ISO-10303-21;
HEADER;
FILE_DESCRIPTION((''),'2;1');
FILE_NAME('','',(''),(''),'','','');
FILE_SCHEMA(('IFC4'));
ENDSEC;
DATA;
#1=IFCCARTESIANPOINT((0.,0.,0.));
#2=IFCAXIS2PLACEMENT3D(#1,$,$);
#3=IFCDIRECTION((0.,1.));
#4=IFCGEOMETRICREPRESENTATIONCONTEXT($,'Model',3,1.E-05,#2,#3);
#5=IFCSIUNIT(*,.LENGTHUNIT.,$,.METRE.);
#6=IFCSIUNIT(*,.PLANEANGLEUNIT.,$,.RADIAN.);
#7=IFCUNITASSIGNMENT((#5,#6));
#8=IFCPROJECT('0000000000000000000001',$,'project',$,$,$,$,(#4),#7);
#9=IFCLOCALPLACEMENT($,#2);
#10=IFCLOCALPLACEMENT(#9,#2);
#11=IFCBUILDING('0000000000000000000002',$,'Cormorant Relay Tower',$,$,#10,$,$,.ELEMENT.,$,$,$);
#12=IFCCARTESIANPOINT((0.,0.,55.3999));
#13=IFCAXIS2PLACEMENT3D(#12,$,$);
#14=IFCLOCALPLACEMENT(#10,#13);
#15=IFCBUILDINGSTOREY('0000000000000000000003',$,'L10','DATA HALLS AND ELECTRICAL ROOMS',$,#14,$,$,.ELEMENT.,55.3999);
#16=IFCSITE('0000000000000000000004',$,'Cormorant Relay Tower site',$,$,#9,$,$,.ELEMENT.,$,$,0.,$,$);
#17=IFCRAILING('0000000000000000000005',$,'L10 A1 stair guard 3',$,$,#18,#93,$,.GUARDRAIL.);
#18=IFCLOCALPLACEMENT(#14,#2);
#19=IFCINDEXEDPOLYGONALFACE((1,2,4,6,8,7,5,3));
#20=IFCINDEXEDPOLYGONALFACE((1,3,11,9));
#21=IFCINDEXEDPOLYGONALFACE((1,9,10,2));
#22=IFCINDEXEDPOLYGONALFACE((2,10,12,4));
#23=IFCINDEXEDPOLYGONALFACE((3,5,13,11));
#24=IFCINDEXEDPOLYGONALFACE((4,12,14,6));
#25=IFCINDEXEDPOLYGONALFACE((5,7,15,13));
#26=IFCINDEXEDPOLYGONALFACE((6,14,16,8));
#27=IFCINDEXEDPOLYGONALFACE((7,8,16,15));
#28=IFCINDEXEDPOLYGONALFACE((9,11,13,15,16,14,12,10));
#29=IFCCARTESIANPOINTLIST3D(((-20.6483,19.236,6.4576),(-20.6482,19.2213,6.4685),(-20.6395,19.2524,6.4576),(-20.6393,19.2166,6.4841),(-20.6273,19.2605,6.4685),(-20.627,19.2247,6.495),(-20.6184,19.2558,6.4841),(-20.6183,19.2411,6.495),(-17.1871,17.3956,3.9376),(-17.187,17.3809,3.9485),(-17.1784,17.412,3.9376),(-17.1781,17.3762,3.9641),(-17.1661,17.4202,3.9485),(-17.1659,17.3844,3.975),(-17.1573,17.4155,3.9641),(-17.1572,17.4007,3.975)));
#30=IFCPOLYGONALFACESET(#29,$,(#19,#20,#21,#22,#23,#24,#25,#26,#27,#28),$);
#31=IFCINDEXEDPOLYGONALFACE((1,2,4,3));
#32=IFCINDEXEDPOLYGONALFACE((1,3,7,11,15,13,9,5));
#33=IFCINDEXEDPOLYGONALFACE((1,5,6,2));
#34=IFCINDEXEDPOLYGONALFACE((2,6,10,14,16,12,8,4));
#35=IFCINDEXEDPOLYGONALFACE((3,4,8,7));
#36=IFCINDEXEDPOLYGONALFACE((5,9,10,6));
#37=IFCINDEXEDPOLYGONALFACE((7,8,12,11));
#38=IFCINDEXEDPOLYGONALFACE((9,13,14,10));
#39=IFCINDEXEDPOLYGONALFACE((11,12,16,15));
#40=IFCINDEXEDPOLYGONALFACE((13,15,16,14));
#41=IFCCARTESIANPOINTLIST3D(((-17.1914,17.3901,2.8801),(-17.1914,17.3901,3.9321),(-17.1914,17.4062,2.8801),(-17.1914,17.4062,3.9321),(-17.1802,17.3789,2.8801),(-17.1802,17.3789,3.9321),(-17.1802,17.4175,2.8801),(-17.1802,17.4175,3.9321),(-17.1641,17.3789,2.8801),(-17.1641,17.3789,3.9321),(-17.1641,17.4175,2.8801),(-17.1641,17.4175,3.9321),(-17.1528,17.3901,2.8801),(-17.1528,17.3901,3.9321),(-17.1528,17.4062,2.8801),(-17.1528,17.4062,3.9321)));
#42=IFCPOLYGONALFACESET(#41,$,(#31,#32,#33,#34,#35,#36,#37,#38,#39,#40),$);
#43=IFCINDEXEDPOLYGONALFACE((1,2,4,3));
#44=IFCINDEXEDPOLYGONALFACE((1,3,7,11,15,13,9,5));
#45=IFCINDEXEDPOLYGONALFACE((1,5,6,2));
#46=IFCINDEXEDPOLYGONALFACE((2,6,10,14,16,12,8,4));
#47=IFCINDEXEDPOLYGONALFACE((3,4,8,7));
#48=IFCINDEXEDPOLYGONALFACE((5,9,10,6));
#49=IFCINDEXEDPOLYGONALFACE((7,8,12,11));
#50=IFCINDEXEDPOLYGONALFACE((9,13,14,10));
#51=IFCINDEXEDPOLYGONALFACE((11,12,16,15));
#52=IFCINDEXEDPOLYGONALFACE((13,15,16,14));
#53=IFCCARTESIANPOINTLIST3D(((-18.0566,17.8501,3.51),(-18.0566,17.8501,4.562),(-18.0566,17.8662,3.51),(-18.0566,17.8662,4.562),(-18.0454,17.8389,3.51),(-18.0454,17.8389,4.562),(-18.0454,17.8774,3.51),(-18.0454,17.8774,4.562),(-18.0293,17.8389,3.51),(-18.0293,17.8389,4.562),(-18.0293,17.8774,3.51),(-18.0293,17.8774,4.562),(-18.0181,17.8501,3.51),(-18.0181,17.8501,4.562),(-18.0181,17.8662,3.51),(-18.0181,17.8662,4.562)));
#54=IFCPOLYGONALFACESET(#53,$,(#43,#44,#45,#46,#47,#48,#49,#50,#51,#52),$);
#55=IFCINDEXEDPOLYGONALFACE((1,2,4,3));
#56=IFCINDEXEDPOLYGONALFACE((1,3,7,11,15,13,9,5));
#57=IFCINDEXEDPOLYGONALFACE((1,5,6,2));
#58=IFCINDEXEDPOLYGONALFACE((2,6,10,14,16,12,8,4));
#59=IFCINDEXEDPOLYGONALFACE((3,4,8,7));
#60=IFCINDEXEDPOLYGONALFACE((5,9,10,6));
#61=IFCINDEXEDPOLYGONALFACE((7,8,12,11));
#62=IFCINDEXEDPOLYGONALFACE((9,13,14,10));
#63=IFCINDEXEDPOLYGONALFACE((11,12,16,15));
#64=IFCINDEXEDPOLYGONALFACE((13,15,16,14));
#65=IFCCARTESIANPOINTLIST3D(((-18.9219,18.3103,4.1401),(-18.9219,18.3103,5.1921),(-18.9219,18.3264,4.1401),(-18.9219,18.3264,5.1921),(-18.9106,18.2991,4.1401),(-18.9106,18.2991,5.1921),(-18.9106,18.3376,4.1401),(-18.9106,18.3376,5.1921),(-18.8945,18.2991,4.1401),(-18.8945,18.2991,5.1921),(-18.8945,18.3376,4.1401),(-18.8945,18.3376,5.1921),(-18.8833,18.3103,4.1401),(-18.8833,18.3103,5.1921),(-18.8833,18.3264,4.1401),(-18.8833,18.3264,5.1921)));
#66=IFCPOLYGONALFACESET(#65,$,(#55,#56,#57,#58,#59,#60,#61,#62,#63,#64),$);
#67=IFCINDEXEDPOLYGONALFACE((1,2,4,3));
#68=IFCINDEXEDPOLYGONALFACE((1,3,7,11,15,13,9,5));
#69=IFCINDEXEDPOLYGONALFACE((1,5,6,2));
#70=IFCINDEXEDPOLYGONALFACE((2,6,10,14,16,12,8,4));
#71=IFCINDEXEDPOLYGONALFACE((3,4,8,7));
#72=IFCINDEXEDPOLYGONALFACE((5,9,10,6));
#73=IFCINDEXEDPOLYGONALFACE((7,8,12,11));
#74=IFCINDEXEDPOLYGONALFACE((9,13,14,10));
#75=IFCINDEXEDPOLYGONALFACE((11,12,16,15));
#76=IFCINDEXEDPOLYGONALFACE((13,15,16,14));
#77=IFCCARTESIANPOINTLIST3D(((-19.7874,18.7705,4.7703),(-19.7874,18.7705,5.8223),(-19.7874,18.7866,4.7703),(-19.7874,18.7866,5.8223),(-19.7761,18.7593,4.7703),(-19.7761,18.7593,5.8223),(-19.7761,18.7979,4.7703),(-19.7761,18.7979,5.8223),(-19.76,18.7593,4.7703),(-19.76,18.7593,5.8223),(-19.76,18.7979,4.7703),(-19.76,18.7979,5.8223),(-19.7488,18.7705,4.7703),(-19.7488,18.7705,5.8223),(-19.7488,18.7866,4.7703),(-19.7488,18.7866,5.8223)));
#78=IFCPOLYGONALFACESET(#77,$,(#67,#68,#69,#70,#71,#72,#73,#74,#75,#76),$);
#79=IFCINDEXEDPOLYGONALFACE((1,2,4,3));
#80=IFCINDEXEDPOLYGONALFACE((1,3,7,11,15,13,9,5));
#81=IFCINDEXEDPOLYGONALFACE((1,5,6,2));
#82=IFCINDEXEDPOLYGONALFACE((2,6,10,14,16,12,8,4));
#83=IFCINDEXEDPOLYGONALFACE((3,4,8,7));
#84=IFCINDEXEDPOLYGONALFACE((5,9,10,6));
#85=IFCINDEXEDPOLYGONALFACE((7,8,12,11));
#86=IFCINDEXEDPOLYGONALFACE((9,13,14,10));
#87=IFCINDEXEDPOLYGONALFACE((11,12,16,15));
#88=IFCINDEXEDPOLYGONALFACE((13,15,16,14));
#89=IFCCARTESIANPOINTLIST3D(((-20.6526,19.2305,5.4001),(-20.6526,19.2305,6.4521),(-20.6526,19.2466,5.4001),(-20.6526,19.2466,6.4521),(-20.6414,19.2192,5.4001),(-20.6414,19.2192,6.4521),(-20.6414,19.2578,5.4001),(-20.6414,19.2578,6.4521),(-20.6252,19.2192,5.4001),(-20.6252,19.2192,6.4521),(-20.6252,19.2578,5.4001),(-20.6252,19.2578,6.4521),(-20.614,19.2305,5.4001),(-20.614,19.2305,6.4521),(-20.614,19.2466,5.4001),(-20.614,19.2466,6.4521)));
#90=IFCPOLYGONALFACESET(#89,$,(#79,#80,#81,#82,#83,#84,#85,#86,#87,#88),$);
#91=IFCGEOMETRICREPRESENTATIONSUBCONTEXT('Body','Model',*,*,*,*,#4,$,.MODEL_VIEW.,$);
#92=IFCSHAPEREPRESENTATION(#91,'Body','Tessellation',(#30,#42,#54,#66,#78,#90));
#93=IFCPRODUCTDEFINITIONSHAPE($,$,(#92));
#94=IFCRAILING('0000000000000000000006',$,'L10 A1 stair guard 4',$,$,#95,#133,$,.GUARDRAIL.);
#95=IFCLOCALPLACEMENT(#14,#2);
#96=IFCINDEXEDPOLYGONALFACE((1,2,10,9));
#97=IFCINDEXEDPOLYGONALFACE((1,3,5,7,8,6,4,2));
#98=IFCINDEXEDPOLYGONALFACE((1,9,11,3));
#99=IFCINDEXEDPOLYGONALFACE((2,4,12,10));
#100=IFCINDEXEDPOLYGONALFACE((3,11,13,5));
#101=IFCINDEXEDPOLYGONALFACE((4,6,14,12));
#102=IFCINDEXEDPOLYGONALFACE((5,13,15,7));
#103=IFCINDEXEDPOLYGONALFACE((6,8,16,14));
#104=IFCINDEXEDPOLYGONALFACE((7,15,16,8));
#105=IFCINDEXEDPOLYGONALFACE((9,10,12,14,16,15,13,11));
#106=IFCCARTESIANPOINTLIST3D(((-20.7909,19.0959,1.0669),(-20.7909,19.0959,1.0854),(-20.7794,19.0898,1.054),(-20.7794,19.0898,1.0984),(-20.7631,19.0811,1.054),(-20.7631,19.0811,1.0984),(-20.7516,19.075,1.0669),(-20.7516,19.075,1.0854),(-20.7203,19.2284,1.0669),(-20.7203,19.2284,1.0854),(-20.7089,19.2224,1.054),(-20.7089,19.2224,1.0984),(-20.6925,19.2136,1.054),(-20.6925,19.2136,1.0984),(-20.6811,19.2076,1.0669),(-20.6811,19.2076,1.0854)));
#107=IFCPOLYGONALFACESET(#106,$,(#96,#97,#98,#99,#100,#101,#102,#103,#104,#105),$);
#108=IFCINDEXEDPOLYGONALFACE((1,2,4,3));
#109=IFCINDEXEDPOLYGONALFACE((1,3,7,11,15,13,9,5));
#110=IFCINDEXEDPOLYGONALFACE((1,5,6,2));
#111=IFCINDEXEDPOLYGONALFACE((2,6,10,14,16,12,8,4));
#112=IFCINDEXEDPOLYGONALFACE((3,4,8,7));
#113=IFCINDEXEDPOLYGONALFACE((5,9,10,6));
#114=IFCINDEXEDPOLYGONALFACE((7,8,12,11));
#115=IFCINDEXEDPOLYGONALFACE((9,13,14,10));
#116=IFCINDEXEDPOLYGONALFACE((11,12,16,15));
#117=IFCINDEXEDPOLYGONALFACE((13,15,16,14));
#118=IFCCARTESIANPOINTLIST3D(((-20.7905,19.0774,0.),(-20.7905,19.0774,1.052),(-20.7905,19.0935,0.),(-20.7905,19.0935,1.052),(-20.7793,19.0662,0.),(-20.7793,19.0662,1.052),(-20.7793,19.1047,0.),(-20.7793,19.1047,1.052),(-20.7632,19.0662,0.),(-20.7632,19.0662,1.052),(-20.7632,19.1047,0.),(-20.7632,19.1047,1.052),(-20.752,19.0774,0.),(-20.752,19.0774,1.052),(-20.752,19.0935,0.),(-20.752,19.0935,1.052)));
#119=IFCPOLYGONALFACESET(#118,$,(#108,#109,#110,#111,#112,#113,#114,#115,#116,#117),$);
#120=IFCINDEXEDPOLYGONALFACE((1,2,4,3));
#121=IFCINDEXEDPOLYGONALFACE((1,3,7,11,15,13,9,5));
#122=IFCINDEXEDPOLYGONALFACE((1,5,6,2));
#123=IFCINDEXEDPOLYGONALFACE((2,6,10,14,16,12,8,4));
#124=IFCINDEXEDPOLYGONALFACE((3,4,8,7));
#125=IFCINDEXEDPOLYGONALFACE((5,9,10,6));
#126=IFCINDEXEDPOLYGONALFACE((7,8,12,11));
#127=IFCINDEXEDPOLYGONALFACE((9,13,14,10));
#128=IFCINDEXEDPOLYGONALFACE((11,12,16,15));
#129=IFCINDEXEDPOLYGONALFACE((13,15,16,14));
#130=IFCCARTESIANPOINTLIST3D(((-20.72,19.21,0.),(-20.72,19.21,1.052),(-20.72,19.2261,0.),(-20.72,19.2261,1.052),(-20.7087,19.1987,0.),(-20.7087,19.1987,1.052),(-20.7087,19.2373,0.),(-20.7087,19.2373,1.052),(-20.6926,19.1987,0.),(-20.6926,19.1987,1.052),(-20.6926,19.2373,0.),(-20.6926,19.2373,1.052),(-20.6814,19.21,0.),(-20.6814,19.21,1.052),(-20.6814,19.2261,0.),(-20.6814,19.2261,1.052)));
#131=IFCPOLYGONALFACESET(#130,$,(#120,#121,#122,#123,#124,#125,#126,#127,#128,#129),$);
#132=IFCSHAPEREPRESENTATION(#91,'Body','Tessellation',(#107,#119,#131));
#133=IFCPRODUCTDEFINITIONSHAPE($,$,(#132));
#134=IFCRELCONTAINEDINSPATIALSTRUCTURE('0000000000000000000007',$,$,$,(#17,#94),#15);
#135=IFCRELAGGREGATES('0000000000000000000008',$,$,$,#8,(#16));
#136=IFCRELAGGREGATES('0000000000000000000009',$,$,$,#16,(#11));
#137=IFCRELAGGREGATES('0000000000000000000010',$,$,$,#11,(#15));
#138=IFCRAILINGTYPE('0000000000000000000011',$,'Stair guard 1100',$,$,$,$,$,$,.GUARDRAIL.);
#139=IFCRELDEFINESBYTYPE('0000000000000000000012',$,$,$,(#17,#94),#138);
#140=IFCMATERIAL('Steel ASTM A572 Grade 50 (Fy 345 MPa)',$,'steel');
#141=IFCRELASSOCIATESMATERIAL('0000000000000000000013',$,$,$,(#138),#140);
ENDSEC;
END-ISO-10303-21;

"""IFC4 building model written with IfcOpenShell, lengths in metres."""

from ifc_helpers import new_model, si_unit, direction, frame, origin, place, context, subcontext, project, spatial, polyline, outline, extrude, material, type_object, element, save


model = new_model("IFC4")

# Units and contexts
model_context = context("Model", 3, precision=1e-05, world=origin(), true_north=direction((0.0, 1.0)))
body_context = subcontext(model_context, "Body", "Model", "MODEL_VIEW")
ifc_project = project(units=[si_unit("LENGTHUNIT", "METRE"), si_unit("PLANEANGLEUNIT", "RADIAN")], contexts=[model_context])

# Site, building, storey
site_placement = place(None, origin())
site = spatial("IfcSite", under=ifc_project, at=site_placement, Name="Cormorant Relay Tower site", CompositionType="ELEMENT", RefElevation=0.0)
building_placement = place(site_placement, origin())
building = spatial("IfcBuilding", under=site, at=building_placement, Name="Cormorant Relay Tower", CompositionType="ELEMENT")
storey_placement = place(building_placement, frame((0.0, 0.0, 55.3999)))
storey = spatial("IfcBuildingStorey", under=building, at=storey_placement, Name="L10", Description="DATA HALLS AND ELECTRICAL ROOMS", CompositionType="ELEMENT", Elevation=55.3999)

# Railings
ifc_material_1 = material(Name="Steel ASTM A572 Grade 50 (Fy 345 MPa)", Category="steel")
railing_type_1 = type_object("IfcRailingType", Name="Stair guard 1100", PredefinedType="GUARDRAIL", material=ifc_material_1)
railing_1_placement = place(storey_placement, frame((-17.1721, 17.3982, 2.8801)))
element("IfcRailing", 1, at=railing_1_placement, inside=storey, type_object=railing_type_1, Name="L10 A1 stair guard 3", PredefinedType="GUARDRAIL", context=body_context, shape_type="SweptSolid", body=[
    extrude(outline(polyline([(0.0222, 0.0093), (0.0093, 0.0222), (-0.0093, 0.0222), (-0.0222, 0.0093), (-0.0222, -0.0093), (-0.0093, -0.0222), (0.0093, -0.0222), (0.0222, -0.0093), (0.0222, 0.0093)])), frame((0.0, 0.0, 1.0762), z_axis=(-0.742717, 0.394907, 0.540758), x_axis=(-0.469469, -0.882949, 0.0)), (0.0, 0.0, 1.0), 4.6602),
    extrude(outline(polyline([(0.0193, 0.0081), (0.0081, 0.0193), (-0.0081, 0.0193), (-0.0193, 0.0081), (-0.0193, -0.0081), (-0.0081, -0.0193), (0.0081, -0.0193), (0.0193, -0.0081), (0.0193, 0.0081)])), origin(), (0.0, 0.0, 1.0), 1.052),
    extrude(outline(polyline([(0.0193, 0.0081), (0.0081, 0.0193), (-0.0081, 0.0193), (-0.0193, 0.0081), (-0.0193, -0.0081), (-0.0081, -0.0193), (0.0081, -0.0193), (0.0193, -0.0081), (0.0193, 0.0081)])), frame((-0.8652, 0.46, 0.6299)), (0.0, 0.0, 1.0), 1.052),
    extrude(outline(polyline([(0.0193, 0.0081), (0.0081, 0.0193), (-0.0081, 0.0193), (-0.0193, 0.0081), (-0.0193, -0.0081), (-0.0081, -0.0193), (0.0081, -0.0193), (0.0193, -0.0081), (0.0193, 0.0081)])), frame((-1.7305, 0.9202, 1.26)), (0.0, 0.0, 1.0), 1.052),
    extrude(outline(polyline([(0.0193, 0.0081), (0.0081, 0.0193), (-0.0081, 0.0193), (-0.0193, 0.0081), (-0.0193, -0.0081), (-0.0081, -0.0193), (0.0081, -0.0193), (0.0193, -0.0081), (0.0193, 0.0081)])), frame((-2.5959, 1.3804, 1.8901)), (0.0, 0.0, 1.0), 1.052),
    extrude(outline(polyline([(0.0193, 0.0081), (0.0081, 0.0193), (-0.0081, 0.0193), (-0.0193, 0.0081), (-0.0193, -0.0081), (-0.0081, -0.0193), (0.0081, -0.0193), (0.0193, -0.0081), (0.0193, 0.0081)])), frame((-3.4612, 1.8403, 2.52)), (0.0, 0.0, 1.0), 1.052),
])
railing_2_placement = place(storey_placement, frame((-20.7712, 19.0854, 0.0)))
element("IfcRailing", 2, at=railing_2_placement, inside=storey, type_object=railing_type_1, Name="L10 A1 stair guard 4", PredefinedType="GUARDRAIL", context=body_context, shape_type="SweptSolid", body=[
    extrude(outline(polyline([(0.0222, 0.0093), (0.0093, 0.0222), (-0.0093, 0.0222), (-0.0222, 0.0093), (-0.0222, -0.0093), (-0.0093, -0.0222), (0.0093, -0.0222), (0.0222, -0.0093), (0.0222, 0.0093)])), frame((0.0, 0.0, 1.0762), z_axis=(0.469829, 0.882758, 0.0), x_axis=(-0.882758, 0.469829, 0.0)), (0.0, 0.0, 1.0), 0.1501),
    extrude(outline(polyline([(0.0193, 0.0081), (0.0081, 0.0193), (-0.0081, 0.0193), (-0.0193, 0.0081), (-0.0193, -0.0081), (-0.0081, -0.0193), (0.0081, -0.0193), (0.0193, -0.0081), (0.0193, 0.0081)])), origin(), (0.0, 0.0, 1.0), 1.052),
    extrude(outline(polyline([(0.0193, 0.0081), (0.0081, 0.0193), (-0.0081, 0.0193), (-0.0193, 0.0081), (-0.0193, -0.0081), (-0.0081, -0.0193), (0.0081, -0.0193), (0.0193, -0.0081), (0.0193, 0.0081)])), frame((0.0706, 0.1326, 0.0)), (0.0, 0.0, 1.0), 1.052),
])

save(model, "model.ifc")
